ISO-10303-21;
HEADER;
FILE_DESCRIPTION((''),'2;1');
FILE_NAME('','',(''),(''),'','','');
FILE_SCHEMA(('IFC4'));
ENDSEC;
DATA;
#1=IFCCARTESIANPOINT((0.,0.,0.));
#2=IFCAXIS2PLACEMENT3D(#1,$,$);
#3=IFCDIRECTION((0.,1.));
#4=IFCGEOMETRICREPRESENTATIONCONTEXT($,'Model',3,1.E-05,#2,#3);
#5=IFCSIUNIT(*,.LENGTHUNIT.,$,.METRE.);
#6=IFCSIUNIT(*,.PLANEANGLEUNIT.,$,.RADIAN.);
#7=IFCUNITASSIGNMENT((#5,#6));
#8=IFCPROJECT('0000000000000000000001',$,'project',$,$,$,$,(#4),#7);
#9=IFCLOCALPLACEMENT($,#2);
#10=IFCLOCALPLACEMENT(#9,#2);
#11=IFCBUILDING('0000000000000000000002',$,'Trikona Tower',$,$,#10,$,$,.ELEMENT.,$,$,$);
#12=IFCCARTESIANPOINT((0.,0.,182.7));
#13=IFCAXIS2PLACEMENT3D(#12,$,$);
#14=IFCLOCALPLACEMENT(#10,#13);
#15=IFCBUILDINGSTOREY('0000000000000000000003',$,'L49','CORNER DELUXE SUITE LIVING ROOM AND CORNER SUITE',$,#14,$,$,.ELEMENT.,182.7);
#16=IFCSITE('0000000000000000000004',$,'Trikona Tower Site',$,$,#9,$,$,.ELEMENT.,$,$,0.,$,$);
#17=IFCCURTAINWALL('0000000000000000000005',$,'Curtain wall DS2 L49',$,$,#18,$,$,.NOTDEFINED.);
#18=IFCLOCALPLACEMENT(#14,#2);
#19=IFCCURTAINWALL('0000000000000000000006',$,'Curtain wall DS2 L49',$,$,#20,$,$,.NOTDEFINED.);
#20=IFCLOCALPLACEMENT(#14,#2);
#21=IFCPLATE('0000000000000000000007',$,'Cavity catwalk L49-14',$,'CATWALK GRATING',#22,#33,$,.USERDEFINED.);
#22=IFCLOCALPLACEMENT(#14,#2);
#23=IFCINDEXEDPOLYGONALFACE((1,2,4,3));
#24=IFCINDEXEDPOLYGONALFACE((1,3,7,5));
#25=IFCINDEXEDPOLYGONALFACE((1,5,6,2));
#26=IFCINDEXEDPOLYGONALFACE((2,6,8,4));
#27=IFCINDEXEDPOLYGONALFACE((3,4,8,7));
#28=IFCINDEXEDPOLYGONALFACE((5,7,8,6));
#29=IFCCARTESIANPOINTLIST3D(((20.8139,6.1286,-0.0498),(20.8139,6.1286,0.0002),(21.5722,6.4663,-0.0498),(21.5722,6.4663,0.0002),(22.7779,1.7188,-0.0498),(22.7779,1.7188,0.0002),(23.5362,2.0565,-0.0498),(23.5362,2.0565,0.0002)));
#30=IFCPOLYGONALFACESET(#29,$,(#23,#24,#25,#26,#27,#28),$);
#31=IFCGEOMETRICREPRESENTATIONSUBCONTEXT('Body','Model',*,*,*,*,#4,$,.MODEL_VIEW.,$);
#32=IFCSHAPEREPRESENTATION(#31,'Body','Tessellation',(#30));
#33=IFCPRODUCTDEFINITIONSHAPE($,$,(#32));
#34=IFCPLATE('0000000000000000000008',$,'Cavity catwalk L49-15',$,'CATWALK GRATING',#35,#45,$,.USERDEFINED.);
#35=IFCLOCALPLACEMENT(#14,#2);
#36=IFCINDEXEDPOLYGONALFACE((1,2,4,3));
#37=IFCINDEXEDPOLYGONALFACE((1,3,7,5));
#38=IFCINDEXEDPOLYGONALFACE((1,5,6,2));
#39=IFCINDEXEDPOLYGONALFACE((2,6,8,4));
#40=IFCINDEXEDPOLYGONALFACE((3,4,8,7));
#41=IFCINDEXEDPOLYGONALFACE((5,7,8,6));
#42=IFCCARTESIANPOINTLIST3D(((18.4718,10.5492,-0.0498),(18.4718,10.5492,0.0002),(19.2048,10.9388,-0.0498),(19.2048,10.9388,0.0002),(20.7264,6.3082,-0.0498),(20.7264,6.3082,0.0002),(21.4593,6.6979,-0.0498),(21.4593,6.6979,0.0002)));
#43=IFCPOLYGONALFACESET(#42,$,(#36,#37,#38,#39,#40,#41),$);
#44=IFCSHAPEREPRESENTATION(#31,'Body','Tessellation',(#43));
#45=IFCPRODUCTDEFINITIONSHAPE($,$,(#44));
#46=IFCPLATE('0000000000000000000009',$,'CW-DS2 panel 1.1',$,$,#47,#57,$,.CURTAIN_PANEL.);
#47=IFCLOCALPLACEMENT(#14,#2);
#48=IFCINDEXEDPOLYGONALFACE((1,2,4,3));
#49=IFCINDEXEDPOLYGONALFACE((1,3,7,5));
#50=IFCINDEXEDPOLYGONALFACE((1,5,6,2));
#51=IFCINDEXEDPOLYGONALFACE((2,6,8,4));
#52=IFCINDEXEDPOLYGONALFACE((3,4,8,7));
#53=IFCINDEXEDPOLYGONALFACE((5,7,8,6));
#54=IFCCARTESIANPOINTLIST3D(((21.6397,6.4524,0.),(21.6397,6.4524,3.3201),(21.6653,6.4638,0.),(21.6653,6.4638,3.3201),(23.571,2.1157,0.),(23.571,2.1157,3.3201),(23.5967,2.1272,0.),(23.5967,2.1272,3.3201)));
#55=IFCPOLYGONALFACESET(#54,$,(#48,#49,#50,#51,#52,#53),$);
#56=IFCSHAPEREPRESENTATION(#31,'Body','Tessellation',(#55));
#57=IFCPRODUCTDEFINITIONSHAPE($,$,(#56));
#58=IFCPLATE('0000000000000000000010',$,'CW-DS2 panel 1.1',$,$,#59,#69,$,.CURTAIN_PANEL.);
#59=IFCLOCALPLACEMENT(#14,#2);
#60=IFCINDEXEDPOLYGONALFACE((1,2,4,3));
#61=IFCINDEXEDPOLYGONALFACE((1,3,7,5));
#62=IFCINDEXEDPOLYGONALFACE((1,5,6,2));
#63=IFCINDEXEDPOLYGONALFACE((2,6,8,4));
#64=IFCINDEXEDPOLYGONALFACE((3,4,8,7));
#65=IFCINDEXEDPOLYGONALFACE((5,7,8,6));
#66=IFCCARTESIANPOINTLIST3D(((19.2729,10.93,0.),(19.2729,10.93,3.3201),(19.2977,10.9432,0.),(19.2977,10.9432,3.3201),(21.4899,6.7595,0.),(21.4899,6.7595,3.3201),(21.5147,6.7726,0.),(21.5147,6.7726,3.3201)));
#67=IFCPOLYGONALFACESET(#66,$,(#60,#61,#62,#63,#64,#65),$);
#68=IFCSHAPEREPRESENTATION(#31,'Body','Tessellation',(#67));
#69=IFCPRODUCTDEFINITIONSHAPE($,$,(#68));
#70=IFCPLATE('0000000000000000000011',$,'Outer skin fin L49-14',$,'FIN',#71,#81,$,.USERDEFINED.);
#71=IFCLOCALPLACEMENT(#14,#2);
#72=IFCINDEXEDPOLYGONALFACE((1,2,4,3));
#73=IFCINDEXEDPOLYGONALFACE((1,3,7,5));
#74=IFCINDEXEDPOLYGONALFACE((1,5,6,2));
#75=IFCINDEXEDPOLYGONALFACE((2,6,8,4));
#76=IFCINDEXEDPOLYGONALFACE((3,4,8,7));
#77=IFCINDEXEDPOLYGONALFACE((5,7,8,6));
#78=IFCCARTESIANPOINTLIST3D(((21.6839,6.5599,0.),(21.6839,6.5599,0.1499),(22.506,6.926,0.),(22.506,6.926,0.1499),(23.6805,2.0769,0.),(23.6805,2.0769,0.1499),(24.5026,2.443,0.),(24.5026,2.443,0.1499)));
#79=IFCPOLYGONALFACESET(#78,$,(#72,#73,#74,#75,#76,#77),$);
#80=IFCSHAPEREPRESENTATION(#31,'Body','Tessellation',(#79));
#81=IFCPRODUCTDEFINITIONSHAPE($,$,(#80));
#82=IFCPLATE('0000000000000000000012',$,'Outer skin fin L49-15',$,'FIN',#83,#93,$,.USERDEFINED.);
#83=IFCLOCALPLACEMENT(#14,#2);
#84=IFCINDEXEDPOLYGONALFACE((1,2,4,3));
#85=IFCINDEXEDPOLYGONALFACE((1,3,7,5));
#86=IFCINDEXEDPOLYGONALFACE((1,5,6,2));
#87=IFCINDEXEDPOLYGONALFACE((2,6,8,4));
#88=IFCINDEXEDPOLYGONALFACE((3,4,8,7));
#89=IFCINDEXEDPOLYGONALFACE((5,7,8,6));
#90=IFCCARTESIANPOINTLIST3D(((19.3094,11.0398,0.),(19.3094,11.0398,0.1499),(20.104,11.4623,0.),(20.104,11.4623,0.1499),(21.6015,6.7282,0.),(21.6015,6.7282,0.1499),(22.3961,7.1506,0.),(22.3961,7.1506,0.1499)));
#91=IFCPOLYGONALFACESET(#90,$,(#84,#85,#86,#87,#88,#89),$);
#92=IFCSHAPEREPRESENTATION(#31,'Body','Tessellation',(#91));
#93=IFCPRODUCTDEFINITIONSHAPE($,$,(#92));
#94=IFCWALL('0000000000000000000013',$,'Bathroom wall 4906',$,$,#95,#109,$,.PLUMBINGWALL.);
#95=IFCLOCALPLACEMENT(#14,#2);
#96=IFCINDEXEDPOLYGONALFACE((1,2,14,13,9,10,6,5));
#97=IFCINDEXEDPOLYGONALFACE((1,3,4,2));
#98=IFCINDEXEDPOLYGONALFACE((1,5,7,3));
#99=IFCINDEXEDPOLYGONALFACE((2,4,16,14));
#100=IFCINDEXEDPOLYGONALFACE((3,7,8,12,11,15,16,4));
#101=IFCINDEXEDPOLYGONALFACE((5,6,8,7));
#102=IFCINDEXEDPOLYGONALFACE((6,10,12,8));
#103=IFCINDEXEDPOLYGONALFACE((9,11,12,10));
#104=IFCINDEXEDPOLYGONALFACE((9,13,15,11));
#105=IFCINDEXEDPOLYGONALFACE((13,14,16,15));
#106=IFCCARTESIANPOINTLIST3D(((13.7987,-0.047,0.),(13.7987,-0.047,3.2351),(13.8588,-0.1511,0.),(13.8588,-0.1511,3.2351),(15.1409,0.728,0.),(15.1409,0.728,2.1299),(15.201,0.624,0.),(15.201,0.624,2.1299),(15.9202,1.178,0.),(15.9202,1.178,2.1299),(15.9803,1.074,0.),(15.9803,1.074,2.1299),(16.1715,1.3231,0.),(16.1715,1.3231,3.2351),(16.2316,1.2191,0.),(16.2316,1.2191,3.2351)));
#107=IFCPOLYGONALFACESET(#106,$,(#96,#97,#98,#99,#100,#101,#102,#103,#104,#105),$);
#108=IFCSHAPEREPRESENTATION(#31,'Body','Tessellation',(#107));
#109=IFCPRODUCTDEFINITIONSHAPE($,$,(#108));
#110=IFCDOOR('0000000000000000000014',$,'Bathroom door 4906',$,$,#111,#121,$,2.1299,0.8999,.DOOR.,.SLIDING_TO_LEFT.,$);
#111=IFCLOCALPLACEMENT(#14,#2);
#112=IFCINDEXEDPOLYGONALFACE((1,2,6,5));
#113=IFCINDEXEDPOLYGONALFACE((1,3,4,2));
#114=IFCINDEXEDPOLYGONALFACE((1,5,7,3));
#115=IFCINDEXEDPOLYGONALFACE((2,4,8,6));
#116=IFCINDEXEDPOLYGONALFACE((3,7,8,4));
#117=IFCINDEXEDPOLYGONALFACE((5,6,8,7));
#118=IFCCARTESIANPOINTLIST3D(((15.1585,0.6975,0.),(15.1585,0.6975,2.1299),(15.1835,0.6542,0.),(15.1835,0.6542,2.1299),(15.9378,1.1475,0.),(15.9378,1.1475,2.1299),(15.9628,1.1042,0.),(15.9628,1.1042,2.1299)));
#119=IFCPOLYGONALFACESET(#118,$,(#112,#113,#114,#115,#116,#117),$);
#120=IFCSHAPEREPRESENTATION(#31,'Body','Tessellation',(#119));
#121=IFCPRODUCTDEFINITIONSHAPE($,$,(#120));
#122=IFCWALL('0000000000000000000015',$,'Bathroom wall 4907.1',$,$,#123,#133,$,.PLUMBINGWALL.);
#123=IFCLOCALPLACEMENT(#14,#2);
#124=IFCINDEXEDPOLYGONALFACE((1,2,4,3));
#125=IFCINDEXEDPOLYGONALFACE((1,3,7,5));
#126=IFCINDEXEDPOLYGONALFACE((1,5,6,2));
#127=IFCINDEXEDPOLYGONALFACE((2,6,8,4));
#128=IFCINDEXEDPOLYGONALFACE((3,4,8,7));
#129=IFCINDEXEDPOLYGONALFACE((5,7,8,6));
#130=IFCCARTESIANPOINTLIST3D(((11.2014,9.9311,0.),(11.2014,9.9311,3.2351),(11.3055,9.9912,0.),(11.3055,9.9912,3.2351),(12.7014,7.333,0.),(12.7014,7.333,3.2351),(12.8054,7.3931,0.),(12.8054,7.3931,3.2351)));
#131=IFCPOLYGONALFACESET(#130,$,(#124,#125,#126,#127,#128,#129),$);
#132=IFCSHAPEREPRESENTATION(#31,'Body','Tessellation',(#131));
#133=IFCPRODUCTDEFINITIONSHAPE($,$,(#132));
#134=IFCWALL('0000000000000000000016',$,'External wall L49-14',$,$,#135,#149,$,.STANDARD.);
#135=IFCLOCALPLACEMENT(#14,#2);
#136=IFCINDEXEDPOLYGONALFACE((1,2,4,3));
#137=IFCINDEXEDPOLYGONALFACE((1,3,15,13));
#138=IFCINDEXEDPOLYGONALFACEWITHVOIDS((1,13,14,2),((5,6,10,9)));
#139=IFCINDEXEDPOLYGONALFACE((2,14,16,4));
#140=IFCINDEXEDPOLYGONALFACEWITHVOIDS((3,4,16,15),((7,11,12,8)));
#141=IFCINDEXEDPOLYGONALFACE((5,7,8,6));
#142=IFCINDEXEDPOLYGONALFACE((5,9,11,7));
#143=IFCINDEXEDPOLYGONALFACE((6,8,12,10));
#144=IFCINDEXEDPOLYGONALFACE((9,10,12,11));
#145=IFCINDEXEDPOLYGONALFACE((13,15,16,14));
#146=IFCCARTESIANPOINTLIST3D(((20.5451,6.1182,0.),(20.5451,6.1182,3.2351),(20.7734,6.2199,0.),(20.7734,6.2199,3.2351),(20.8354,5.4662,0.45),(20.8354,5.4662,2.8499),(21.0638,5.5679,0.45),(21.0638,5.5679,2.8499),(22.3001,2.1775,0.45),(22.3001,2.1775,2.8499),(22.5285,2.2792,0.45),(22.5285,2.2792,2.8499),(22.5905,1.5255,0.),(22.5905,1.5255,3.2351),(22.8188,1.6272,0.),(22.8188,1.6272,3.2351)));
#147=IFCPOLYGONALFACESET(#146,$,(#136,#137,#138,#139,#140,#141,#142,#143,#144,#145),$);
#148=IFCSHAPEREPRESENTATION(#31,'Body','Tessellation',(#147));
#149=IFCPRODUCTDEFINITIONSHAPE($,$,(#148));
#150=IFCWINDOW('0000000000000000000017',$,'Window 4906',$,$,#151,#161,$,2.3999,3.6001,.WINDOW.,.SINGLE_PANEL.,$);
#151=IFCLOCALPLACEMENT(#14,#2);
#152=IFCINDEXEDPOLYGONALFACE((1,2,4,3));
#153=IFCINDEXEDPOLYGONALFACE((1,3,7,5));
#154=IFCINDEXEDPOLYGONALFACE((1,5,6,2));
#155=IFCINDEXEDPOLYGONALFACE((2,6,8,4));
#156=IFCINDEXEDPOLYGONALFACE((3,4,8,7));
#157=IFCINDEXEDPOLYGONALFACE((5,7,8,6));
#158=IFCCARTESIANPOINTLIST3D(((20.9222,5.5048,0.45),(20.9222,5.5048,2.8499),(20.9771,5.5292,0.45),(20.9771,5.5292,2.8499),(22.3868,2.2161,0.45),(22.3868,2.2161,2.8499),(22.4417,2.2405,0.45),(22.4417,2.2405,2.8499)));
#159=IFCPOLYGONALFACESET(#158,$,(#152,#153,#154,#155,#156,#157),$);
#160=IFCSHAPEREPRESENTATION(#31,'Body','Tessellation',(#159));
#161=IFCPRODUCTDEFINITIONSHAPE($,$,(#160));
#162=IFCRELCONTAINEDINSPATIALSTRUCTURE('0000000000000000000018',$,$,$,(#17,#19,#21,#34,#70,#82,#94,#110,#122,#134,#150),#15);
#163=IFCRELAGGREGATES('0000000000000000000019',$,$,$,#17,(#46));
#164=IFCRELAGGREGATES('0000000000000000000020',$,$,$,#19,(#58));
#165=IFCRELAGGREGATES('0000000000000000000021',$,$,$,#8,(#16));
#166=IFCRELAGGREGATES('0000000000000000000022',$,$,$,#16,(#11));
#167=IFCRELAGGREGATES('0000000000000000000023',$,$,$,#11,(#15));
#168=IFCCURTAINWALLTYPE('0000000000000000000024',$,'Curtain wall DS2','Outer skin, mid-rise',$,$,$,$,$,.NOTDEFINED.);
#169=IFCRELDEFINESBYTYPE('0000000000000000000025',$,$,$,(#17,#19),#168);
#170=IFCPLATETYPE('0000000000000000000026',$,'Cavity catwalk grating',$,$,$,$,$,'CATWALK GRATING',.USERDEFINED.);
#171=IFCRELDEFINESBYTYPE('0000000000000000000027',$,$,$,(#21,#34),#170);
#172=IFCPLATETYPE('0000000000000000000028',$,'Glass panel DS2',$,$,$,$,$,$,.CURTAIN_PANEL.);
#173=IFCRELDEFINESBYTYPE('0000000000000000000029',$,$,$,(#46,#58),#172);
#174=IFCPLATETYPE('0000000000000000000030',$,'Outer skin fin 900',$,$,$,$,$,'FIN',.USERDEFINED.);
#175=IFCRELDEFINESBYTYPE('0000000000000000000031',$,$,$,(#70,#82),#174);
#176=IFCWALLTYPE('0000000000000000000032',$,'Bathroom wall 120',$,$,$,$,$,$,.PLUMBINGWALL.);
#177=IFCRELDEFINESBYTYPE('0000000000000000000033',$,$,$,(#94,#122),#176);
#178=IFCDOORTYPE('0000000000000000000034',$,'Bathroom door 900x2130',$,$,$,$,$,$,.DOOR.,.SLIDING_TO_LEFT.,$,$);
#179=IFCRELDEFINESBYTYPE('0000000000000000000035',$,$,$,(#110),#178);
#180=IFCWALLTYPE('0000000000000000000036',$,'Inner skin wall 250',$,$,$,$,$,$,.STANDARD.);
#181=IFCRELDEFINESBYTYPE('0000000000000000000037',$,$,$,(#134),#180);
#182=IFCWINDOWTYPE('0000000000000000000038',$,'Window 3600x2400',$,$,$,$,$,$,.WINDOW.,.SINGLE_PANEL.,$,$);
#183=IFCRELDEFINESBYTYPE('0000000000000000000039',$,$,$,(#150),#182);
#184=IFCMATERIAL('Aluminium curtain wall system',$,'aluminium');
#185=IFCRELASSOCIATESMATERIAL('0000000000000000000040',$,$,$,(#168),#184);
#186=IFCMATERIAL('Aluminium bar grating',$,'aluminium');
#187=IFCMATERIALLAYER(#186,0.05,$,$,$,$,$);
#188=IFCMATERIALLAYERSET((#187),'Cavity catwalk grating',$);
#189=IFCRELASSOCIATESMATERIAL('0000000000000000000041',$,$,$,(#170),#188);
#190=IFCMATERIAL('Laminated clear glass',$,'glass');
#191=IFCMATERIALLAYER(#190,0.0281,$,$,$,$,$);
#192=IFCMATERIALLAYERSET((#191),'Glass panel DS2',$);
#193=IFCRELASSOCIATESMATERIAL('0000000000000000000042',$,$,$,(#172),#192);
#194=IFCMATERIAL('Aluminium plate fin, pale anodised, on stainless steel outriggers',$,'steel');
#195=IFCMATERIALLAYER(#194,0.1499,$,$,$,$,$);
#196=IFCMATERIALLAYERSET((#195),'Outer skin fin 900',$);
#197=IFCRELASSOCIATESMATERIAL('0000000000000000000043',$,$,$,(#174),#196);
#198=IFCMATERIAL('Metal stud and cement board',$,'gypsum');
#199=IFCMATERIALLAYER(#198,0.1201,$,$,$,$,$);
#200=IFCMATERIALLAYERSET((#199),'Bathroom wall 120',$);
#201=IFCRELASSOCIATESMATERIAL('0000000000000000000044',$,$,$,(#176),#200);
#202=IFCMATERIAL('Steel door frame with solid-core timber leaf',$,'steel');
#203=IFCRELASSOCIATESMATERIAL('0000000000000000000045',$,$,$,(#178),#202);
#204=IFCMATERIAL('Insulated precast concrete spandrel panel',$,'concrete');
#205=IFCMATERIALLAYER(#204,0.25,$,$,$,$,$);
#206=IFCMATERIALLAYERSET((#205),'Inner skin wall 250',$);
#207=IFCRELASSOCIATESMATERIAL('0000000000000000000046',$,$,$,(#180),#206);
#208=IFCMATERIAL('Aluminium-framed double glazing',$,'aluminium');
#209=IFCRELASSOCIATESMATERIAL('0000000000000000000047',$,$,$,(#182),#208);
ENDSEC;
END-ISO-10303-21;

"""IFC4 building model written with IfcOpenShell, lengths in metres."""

from ifc_helpers import new_model, si_unit, direction, frame, frame_2d, origin, origin_2d, place, context, subcontext, project, spatial, rectangle, extrude, material, layer, layer_set, type_object, element, fill, aggregate, save


model = new_model("IFC4")

# Units and contexts
model_context = context("Model", 3, precision=1e-05, world=origin(), true_north=direction((0.0, 1.0)))
body_context = subcontext(model_context, "Body", "Model", "MODEL_VIEW")
ifc_project = project(units=[si_unit("LENGTHUNIT", "METRE"), si_unit("PLANEANGLEUNIT", "RADIAN")], contexts=[model_context])

# Site, building, storey
site_placement = place(None, origin())
site = spatial("IfcSite", under=ifc_project, at=site_placement, Name="Trikona Tower Site", CompositionType="ELEMENT", RefElevation=0.0)
building_placement = place(site_placement, origin())
building = spatial("IfcBuilding", under=site, at=building_placement, Name="Trikona Tower", CompositionType="ELEMENT")
storey_placement = place(building_placement, frame((0.0, 0.0, 182.7)))
storey = spatial("IfcBuildingStorey", under=building, at=storey_placement, Name="L49", Description="CORNER DELUXE SUITE LIVING ROOM AND CORNER SUITE", CompositionType="ELEMENT", Elevation=182.7)

# Shared definitions
ifc_material_1 = material(Name="Aluminium curtain wall system", Category="aluminium")
curtain_wall_type = type_object("IfcCurtainWallType", Name="Curtain wall DS2", Description="Outer skin, mid-rise", PredefinedType="NOTDEFINED", material=ifc_material_1)

# Curtain walls
curtain_wall_1_placement = place(storey_placement, origin())
curtain_wall_1 = element("IfcCurtainWall", 1, at=curtain_wall_1_placement, inside=storey, type_object=curtain_wall_type, Name="Curtain wall DS2 L49", PredefinedType="NOTDEFINED")
curtain_wall_2_placement = place(storey_placement, origin())
curtain_wall_2 = element("IfcCurtainWall", 2, at=curtain_wall_2_placement, inside=storey, type_object=curtain_wall_type, Name="Curtain wall DS2 L49", PredefinedType="NOTDEFINED")

# Plates
ifc_material_2 = material(Name="Aluminium bar grating", Category="aluminium")
ifc_layer_1 = layer(ifc_material_2, 0.05)
ifc_layer_set_1 = layer_set([ifc_layer_1], Name="Cavity catwalk grating")
plate_type_1 = type_object("IfcPlateType", Name="Cavity catwalk grating", ElementType="CATWALK GRATING", PredefinedType="USERDEFINED", material=ifc_layer_set_1)
plate_1_placement = place(storey_placement, frame((22.175, 4.0925, -0.0498), z_axis=(0.0, 0.0, 1.0), x_axis=(-0.406843, 0.913498, 0.0)))
element("IfcPlate", 3, at=plate_1_placement, inside=storey, type_object=plate_type_1, Name="Cavity catwalk L49-14", ObjectType="CATWALK GRATING", PredefinedType="USERDEFINED", context=body_context, shape_type="SweptSolid", body=[
    extrude(rectangle(XDim=4.8274, YDim=0.8301, at=origin_2d()), origin(), (0.0, 0.0, 1.0), 0.05),
])
plate_2_placement = place(storey_placement, frame((19.9656, 8.6235, -0.0498), z_axis=(0.0, 0.0, 1.0), x_axis=(-0.469398, 0.882987, 0.0)))
element("IfcPlate", 4, at=plate_2_placement, inside=storey, type_object=plate_type_1, Name="Cavity catwalk L49-15", ObjectType="CATWALK GRATING", PredefinedType="USERDEFINED", context=body_context, shape_type="SweptSolid", body=[
    extrude(rectangle(XDim=4.803, YDim=0.8301, at=origin_2d()), origin(), (0.0, 0.0, 1.0), 0.05),
])

# Plates
ifc_material_3 = material(Name="Laminated clear glass", Category="glass")
ifc_layer_2 = layer(ifc_material_3, 0.0281)
ifc_layer_set_2 = layer_set([ifc_layer_2], Name="Glass panel DS2")
plate_type_2 = type_object("IfcPlateType", Name="Glass panel DS2", PredefinedType="CURTAIN_PANEL", material=ifc_layer_set_2)
plate_3_placement = place(storey_placement, frame((22.6182, 4.2898, 0.0), z_axis=(0.0, 0.0, 1.0), x_axis=(-0.406836, 0.913501, 0.0)))
plate_3 = element("IfcPlate", 5, at=plate_3_placement, type_object=plate_type_2, Name="CW-DS2 panel 1.1", PredefinedType="CURTAIN_PANEL", context=body_context, shape_type="SweptSolid", body=[
    extrude(rectangle(XDim=4.7473, YDim=0.0281, at=origin_2d()), origin(), (0.0, 0.0, 1.0), 3.3201),
])
aggregate(curtain_wall_1, [plate_3])
plate_4_placement = place(storey_placement, frame((20.3938, 8.8513, 0.0), z_axis=(0.0, 0.0, 1.0), x_axis=(-0.46938, 0.882996, 0.0)))
plate_4 = element("IfcPlate", 6, at=plate_4_placement, type_object=plate_type_2, Name="CW-DS2 panel 1.1", PredefinedType="CURTAIN_PANEL", context=body_context, shape_type="SweptSolid", body=[
    extrude(rectangle(XDim=4.7231, YDim=0.0281, at=origin_2d()), origin(), (0.0, 0.0, 1.0), 3.3201),
])
aggregate(curtain_wall_2, [plate_4])

# Plates
ifc_material_4 = material(Name="Aluminium plate fin, pale anodised, on stainless steel outriggers", Category="steel")
ifc_layer_3 = layer(ifc_material_4, 0.1499)
ifc_layer_set_3 = layer_set([ifc_layer_3], Name="Outer skin fin 900")
plate_type_3 = type_object("IfcPlateType", Name="Outer skin fin 900", ElementType="FIN", PredefinedType="USERDEFINED", material=ifc_layer_set_3)
plate_5_placement = place(storey_placement, frame((23.0933, 4.5015, 0.0), z_axis=(0.0, 0.0, 1.0), x_axis=(-0.406843, 0.913498, 0.0)))
element("IfcPlate", 7, at=plate_5_placement, inside=storey, type_object=plate_type_3, Name="Outer skin fin L49-14", ObjectType="FIN", PredefinedType="USERDEFINED", context=body_context, shape_type="SweptSolid", body=[
    extrude(rectangle(XDim=4.9075, YDim=0.8999, at=origin_2d()), origin(), (0.0, 0.0, 1.0), 0.1499),
])
plate_6_placement = place(storey_placement, frame((20.8528, 9.0952, 0.0), z_axis=(0.0, 0.0, 1.0), x_axis=(-0.469398, 0.882987, 0.0)))
element("IfcPlate", 8, at=plate_6_placement, inside=storey, type_object=plate_type_3, Name="Outer skin fin L49-15", ObjectType="FIN", PredefinedType="USERDEFINED", context=body_context, shape_type="SweptSolid", body=[
    extrude(rectangle(XDim=4.8831, YDim=0.8999, at=origin_2d()), origin(), (0.0, 0.0, 1.0), 0.1499),
])

# Wall, opening, door
ifc_material_5 = material(Name="Metal stud and cement board", Category="gypsum")
ifc_layer_4 = layer(ifc_material_5, 0.1201)
ifc_layer_set_4 = layer_set([ifc_layer_4], Name="Bathroom wall 120")
wall_type_1 = type_object("IfcWallType", Name="Bathroom wall 120", PredefinedType="PLUMBINGWALL", material=ifc_layer_set_4)
wall_1_placement = place(storey_placement, frame((13.8286, -0.0991, 0.0), z_axis=(0.0, 0.0, 1.0), x_axis=(0.865997, 0.500049, 0.0)))
wall_1 = element("IfcWall", 9, at=wall_1_placement, inside=storey, type_object=wall_type_1, Name="Bathroom wall 4906", PredefinedType="PLUMBINGWALL", context=body_context, shape_type="SweptSolid", body=[
    extrude(rectangle(XDim=2.74, YDim=0.1201, at=frame_2d((1.3701, 0.0))), origin(), (0.0, 0.0, 1.0), 3.2351),
])
opening_1_placement = place(wall_1_placement, frame((1.55, 0.0, 0.0)))
opening_1 = element("IfcOpeningElement", 10, at=opening_1_placement, cuts=wall_1, PredefinedType="OPENING", context=body_context, shape_type="SweptSolid", body=[
    extrude(rectangle(XDim=0.8999, YDim=2.1299, at=frame_2d((0.45, 1.0649))), frame((0.0, 0.0701, 0.0), z_axis=(0.0, -1.0, 0.0), x_axis=(1.0, 0.0, 0.0)), (0.0, 0.0, 1.0), 0.1401),
])
ifc_material_6 = material(Name="Steel door frame with solid-core timber leaf", Category="steel")
door_type = type_object("IfcDoorType", Name="Bathroom door 900x2130", OperationType="SLIDING_TO_LEFT", PredefinedType="DOOR", material=ifc_material_6)
door_placement = place(opening_1_placement, origin())
door = element("IfcDoor", 11, at=door_placement, inside=storey, type_object=door_type, Name="Bathroom door 4906", OperationType="SLIDING_TO_LEFT", OverallHeight=2.1299, OverallWidth=0.8999, PredefinedType="DOOR", context=body_context, shape_type="SweptSolid", body=[
    extrude(rectangle(XDim=0.8999, YDim=2.1299, at=frame_2d((0.45, 1.0649))), frame((0.0, 0.0249, 0.0), z_axis=(0.0, -1.0, 0.0), x_axis=(1.0, 0.0, 0.0)), (0.0, 0.0, 1.0), 0.05),
])
fill(opening_1, door)

# Wall
wall_2_placement = place(storey_placement, frame((12.7534, 7.363, 0.0), z_axis=(0.0, 0.0, 1.0), x_axis=(-0.49999, 0.866031, 0.0)))
element("IfcWall", 12, at=wall_2_placement, inside=storey, type_object=wall_type_1, Name="Bathroom wall 4907.1", PredefinedType="PLUMBINGWALL", context=body_context, shape_type="SweptSolid", body=[
    extrude(rectangle(XDim=3.0, YDim=0.1201, at=frame_2d((1.5, 0.0))), origin(), (0.0, 0.0, 1.0), 3.2351),
])

# Wall, opening, window
ifc_material_7 = material(Name="Insulated precast concrete spandrel panel", Category="concrete")
ifc_layer_5 = layer(ifc_material_7, 0.25)
ifc_layer_set_5 = layer_set([ifc_layer_5], Name="Inner skin wall 250")
wall_type_2 = type_object("IfcWallType", Name="Inner skin wall 250", PredefinedType="STANDARD", material=ifc_layer_set_5)
wall_3_placement = place(storey_placement, frame((22.7046, 1.5764, 0.0), z_axis=(0.0, 0.0, 1.0), x_axis=(-0.406832, 0.913503, 0.0)))
wall_3 = element("IfcWall", 13, at=wall_3_placement, inside=storey, type_object=wall_type_2, Name="External wall L49-14", PredefinedType="STANDARD", context=body_context, shape_type="SweptSolid", body=[
    extrude(rectangle(XDim=5.0276, YDim=0.25, at=frame_2d((2.5137, 0.0))), origin(), (0.0, 0.0, 1.0), 3.2351),
])
opening_2_placement = place(wall_3_placement, frame((0.7136, 0.0, 0.45)))
opening_2 = element("IfcOpeningElement", 14, at=opening_2_placement, cuts=wall_3, PredefinedType="OPENING", context=body_context, shape_type="SweptSolid", body=[
    extrude(rectangle(XDim=3.6001, YDim=2.3999, at=frame_2d((1.8, 1.2))), frame((0.0, 0.135, 0.0), z_axis=(0.0, -1.0, 0.0), x_axis=(1.0, 0.0, 0.0)), (0.0, 0.0, 1.0), 0.27),
])
ifc_material_8 = material(Name="Aluminium-framed double glazing", Category="aluminium")
window_type = type_object("IfcWindowType", Name="Window 3600x2400", PartitioningType="SINGLE_PANEL", PredefinedType="WINDOW", material=ifc_material_8)
window_1_placement = place(opening_2_placement, origin())
window_1 = element("IfcWindow", 15, at=window_1_placement, inside=storey, type_object=window_type, Name="Window 4906", OverallHeight=2.3999, OverallWidth=3.6001, PartitioningType="SINGLE_PANEL", PredefinedType="WINDOW", context=body_context, shape_type="SweptSolid", body=[
    extrude(rectangle(XDim=3.6001, YDim=2.3999, at=frame_2d((1.8, 1.2))), frame((0.0, 0.03, 0.0), z_axis=(0.0, -1.0, 0.0), x_axis=(1.0, 0.0, 0.0)), (0.0, 0.0, 1.0), 0.0601),
])
fill(opening_2, window_1)

save(model, "model.ifc")
